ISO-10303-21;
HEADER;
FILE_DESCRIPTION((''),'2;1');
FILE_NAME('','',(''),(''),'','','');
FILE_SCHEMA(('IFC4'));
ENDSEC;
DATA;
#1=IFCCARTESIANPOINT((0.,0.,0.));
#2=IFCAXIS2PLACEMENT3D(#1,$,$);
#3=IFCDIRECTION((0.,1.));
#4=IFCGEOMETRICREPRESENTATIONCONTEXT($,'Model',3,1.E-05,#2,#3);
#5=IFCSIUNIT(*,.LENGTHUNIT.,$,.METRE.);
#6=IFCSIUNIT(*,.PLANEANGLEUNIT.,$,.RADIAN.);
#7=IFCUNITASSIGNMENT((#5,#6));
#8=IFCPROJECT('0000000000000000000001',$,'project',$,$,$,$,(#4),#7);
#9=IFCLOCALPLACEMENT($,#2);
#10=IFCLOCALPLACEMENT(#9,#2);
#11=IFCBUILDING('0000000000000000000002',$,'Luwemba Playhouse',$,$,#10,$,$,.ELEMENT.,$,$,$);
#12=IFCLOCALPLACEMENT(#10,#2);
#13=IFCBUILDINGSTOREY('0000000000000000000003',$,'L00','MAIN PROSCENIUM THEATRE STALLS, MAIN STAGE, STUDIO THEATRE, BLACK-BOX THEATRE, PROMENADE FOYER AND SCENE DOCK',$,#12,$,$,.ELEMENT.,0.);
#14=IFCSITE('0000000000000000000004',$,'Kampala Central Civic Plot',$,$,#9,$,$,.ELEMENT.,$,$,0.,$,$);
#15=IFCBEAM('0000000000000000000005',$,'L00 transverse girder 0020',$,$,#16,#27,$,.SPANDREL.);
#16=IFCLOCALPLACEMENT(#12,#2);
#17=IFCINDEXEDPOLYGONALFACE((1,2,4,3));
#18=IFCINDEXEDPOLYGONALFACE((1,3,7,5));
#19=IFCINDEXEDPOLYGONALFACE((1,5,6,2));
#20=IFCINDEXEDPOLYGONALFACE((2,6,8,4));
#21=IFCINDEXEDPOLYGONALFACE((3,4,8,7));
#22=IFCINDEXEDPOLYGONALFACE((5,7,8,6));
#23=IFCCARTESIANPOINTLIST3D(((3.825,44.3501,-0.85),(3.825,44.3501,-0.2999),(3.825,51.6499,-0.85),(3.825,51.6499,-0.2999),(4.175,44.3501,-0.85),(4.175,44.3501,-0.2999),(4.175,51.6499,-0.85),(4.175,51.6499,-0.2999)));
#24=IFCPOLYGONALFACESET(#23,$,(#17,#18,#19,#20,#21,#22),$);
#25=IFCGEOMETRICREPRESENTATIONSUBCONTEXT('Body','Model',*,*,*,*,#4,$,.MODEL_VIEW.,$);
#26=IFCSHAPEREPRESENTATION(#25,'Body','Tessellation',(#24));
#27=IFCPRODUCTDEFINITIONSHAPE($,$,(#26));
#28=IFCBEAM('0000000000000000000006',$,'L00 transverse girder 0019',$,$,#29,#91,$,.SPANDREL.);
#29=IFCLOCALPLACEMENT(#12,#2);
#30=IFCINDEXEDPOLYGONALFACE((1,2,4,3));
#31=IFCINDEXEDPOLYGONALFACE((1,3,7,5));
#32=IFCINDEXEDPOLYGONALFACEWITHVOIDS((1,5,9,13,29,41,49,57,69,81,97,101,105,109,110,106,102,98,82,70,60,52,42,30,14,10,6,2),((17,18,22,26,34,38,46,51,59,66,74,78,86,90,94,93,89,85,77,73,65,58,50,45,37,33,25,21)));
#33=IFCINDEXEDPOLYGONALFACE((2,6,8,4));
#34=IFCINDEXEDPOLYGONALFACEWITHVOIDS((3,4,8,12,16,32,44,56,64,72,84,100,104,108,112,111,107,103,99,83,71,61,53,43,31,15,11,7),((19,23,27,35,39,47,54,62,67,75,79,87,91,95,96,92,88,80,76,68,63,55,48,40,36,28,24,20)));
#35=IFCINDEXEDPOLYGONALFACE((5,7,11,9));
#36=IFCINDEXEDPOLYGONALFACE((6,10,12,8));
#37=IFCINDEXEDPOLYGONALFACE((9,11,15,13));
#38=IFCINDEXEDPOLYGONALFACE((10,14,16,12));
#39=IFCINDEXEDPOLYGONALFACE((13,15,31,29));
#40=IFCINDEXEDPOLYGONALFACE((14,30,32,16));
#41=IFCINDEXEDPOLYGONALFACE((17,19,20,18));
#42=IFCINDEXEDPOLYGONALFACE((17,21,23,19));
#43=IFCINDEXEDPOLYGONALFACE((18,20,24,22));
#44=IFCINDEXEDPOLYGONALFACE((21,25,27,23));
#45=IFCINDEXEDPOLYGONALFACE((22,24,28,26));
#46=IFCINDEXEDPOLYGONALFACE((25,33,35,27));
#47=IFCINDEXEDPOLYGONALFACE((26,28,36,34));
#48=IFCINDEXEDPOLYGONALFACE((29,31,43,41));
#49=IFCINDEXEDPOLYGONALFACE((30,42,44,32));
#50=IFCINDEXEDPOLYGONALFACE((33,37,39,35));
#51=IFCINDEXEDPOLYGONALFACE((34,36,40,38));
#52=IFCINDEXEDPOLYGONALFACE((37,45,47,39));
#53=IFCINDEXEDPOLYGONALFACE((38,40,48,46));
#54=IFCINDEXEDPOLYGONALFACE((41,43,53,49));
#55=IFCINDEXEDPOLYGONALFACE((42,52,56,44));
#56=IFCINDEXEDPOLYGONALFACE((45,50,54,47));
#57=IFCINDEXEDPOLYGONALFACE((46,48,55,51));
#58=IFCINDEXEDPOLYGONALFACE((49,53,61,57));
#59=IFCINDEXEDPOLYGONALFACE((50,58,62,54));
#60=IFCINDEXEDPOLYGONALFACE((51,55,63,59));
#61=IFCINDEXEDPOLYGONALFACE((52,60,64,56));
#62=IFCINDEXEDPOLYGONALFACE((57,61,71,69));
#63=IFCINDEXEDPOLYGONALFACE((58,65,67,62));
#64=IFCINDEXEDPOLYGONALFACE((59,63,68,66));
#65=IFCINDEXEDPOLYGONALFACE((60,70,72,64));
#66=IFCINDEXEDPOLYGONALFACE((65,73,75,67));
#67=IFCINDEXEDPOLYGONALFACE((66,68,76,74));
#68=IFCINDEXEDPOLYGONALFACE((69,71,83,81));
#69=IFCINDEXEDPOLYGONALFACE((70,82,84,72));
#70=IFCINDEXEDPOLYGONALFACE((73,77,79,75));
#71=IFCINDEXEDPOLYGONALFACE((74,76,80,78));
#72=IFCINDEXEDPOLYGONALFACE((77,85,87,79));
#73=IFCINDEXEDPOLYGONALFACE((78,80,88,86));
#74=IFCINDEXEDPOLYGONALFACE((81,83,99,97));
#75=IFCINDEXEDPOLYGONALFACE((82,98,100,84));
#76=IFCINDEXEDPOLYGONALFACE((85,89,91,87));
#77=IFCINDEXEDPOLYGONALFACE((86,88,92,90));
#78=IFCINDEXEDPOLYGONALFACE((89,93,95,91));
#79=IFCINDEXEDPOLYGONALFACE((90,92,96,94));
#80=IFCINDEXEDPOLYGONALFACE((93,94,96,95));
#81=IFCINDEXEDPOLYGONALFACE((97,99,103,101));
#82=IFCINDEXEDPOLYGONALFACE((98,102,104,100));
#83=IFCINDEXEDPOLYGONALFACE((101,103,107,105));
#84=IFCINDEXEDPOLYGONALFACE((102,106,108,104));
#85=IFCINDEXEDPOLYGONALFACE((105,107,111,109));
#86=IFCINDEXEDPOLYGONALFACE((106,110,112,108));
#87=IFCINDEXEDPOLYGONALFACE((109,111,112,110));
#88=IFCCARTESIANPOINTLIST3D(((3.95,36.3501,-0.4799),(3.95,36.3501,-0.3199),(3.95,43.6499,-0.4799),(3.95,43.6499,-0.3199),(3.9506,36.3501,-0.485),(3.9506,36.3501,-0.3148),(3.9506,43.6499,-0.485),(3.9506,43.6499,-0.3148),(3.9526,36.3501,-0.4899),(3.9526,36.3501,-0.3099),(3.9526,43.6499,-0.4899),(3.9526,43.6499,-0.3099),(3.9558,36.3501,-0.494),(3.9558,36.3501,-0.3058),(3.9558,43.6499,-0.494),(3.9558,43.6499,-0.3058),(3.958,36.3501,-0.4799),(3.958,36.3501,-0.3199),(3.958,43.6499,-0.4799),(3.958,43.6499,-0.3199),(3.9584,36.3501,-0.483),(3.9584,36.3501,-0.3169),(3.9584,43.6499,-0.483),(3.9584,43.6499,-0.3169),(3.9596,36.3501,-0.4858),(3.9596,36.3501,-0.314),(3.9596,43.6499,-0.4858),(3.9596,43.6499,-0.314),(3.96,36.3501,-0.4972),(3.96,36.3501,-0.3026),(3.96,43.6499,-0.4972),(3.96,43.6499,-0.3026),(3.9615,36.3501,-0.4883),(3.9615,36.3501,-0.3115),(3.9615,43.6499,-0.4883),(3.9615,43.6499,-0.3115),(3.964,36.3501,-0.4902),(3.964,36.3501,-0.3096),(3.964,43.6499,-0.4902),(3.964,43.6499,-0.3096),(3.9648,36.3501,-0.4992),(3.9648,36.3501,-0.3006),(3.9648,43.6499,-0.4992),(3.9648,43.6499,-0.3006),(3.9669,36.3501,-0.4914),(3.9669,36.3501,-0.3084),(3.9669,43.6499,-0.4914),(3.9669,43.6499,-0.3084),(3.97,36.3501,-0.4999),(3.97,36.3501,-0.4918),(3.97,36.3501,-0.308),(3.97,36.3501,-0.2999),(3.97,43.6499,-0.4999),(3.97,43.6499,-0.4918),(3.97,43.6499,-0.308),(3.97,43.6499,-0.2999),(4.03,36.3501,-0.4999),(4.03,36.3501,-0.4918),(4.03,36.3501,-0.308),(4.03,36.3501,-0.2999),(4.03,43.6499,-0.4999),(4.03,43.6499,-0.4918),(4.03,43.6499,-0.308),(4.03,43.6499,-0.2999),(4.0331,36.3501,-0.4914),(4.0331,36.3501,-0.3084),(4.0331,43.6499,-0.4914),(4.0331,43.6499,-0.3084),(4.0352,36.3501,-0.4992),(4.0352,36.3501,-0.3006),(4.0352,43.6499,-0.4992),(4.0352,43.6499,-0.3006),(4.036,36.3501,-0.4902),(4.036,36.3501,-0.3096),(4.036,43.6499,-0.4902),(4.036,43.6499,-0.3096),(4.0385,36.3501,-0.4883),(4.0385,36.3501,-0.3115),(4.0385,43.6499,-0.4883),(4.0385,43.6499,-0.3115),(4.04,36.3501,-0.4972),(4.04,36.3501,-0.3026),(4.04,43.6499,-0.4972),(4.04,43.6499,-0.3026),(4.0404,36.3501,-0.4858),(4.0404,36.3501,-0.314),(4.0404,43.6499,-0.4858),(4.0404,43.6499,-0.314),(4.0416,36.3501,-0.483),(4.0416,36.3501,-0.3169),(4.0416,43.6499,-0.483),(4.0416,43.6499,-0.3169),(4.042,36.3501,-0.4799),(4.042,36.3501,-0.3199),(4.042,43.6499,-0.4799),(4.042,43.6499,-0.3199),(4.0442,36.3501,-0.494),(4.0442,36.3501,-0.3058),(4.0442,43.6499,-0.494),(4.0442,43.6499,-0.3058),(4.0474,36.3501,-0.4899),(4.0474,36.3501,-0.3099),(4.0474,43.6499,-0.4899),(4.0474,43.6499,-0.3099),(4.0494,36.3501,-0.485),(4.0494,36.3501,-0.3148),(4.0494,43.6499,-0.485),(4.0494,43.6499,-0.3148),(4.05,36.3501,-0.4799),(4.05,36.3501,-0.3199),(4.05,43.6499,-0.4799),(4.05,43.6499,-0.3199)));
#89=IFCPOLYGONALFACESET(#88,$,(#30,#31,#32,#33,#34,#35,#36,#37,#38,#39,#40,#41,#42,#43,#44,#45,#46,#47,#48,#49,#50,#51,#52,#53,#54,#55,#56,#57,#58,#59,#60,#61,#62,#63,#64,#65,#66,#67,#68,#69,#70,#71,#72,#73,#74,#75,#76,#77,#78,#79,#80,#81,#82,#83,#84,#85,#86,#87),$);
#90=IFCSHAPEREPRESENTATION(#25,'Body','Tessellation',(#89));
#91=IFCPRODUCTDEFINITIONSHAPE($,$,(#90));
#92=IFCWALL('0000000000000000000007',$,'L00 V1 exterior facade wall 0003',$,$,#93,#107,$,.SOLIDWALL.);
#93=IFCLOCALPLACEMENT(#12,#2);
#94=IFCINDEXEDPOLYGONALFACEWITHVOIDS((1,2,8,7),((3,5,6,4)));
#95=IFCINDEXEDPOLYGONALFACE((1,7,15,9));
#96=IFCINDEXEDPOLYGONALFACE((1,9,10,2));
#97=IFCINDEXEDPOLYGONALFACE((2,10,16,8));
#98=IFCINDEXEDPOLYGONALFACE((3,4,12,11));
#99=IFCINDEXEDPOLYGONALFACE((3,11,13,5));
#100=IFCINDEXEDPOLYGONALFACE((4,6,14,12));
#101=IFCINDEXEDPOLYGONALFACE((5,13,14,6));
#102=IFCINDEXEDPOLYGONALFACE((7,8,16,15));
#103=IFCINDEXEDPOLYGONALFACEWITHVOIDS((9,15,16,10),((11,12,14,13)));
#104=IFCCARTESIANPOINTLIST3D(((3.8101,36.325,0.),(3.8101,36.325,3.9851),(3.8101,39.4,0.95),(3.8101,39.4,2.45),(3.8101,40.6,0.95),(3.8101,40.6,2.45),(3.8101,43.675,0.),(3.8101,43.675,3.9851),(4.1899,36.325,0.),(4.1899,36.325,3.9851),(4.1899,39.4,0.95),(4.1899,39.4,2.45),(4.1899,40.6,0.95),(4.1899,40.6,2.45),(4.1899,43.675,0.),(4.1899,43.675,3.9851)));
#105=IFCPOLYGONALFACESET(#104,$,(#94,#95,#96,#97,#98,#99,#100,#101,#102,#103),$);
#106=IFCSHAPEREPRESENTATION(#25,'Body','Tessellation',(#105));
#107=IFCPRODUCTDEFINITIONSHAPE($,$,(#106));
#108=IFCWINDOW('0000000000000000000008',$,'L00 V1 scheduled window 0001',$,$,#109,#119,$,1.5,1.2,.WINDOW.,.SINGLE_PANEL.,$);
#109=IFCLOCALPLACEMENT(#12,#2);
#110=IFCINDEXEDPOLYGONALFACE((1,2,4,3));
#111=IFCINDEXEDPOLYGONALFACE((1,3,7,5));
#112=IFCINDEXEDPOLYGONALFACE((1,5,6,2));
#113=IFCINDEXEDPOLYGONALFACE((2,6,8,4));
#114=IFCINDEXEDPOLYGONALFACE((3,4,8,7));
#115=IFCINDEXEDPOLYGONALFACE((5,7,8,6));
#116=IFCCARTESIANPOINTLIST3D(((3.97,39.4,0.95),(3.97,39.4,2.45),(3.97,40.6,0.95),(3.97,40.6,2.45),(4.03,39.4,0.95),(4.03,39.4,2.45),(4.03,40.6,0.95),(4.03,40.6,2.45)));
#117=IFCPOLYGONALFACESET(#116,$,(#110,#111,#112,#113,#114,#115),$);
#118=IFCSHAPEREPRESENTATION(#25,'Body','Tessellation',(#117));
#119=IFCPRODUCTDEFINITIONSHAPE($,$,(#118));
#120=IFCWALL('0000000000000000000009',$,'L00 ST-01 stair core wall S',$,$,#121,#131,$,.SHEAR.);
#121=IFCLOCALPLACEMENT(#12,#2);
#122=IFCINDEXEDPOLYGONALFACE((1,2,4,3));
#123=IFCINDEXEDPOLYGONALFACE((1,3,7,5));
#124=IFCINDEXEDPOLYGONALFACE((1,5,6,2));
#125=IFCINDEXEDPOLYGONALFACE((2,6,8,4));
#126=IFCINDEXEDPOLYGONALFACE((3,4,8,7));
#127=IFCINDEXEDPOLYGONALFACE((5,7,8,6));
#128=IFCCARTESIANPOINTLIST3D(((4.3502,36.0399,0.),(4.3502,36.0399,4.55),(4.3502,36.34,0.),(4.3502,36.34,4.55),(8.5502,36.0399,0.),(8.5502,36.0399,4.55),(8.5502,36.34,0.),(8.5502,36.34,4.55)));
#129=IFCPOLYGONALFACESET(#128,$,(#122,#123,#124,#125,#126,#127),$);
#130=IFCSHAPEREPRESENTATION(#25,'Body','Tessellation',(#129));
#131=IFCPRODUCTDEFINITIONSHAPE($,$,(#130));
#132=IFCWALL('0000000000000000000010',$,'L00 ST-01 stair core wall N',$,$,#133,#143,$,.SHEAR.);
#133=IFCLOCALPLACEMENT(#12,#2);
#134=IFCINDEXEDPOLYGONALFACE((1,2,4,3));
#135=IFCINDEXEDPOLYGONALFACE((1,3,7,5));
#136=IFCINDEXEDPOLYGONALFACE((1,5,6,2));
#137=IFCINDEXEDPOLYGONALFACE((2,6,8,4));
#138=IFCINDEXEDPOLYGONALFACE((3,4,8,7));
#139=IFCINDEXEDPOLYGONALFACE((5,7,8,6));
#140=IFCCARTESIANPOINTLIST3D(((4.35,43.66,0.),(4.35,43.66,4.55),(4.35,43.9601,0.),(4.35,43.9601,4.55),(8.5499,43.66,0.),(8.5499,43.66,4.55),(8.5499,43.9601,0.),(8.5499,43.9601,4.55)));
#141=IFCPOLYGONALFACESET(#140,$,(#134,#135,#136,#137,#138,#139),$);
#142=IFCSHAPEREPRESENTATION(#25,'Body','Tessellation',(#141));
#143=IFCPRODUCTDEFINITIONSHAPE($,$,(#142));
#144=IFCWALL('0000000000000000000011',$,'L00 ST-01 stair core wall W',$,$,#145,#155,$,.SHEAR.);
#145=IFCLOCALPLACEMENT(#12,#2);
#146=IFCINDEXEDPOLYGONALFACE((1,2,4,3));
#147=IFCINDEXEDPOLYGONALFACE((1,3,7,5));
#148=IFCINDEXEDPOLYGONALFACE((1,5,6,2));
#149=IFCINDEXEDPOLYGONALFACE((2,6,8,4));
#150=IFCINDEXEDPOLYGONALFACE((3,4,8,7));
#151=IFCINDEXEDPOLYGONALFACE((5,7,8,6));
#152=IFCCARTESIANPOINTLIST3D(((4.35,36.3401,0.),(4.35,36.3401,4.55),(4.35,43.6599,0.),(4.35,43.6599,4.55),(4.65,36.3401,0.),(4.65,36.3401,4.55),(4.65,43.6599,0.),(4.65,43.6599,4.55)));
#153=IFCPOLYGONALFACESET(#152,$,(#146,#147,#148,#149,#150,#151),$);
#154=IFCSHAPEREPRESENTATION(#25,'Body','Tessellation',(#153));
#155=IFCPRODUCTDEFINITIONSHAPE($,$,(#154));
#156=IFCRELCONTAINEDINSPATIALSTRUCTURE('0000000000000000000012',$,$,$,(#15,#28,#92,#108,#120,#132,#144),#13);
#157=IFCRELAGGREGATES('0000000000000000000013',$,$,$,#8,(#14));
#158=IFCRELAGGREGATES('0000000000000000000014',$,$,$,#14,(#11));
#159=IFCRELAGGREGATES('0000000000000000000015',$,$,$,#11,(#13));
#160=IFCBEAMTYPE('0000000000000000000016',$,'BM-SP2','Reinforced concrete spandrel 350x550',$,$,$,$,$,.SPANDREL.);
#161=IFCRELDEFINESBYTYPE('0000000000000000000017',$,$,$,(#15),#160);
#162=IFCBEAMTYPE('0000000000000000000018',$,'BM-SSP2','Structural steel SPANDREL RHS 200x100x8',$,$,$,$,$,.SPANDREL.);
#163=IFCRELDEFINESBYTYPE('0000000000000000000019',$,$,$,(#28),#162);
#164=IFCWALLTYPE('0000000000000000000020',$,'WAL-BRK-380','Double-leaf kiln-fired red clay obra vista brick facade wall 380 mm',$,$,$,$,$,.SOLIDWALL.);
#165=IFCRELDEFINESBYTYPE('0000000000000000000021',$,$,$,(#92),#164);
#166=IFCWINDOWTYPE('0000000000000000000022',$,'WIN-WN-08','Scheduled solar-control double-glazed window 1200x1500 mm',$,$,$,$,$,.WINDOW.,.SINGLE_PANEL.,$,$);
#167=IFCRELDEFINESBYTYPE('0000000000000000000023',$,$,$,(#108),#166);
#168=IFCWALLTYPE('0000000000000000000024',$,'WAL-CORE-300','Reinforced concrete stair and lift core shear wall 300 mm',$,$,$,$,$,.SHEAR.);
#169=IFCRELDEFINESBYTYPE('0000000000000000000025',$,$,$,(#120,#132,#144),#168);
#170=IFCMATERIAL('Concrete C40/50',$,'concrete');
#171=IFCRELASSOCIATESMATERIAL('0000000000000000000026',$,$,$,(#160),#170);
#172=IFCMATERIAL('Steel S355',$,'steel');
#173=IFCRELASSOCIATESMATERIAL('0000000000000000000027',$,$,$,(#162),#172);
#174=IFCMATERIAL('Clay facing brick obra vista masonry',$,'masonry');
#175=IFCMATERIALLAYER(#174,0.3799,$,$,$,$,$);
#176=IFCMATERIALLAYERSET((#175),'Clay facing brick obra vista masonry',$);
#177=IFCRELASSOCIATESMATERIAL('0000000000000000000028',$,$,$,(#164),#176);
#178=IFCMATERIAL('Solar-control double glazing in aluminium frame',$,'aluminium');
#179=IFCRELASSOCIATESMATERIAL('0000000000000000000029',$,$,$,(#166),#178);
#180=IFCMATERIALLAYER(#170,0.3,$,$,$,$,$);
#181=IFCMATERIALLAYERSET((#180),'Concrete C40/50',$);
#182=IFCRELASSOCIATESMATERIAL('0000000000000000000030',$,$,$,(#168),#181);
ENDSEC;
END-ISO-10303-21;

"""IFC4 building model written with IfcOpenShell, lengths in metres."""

from ifc_helpers import new_model, si_unit, direction, frame, frame_2d, origin, origin_2d, place, context, subcontext, project, spatial, rectangle, hollow_rectangle, extrude, material, layer, layer_set, material_profile, profile_set, type_object, element, fill, save


model = new_model("IFC4")

# Units and contexts
model_context = context("Model", 3, precision=1e-05, world=origin(), true_north=direction((0.0, 1.0)))
body_context = subcontext(model_context, "Body", "Model", "MODEL_VIEW")
ifc_project = project(units=[si_unit("LENGTHUNIT", "METRE"), si_unit("PLANEANGLEUNIT", "RADIAN")], contexts=[model_context])

# Site, building, storey
site_placement = place(None, origin())
site = spatial("IfcSite", under=ifc_project, at=site_placement, Name="Kampala Central Civic Plot", CompositionType="ELEMENT", RefElevation=0.0)
building_placement = place(site_placement, origin())
building = spatial("IfcBuilding", under=site, at=building_placement, Name="Luwemba Playhouse", CompositionType="ELEMENT")
storey_placement = place(building_placement, origin())
storey = spatial("IfcBuildingStorey", under=building, at=storey_placement, Name="L00", Description="MAIN PROSCENIUM THEATRE STALLS, MAIN STAGE, STUDIO THEATRE, BLACK-BOX THEATRE, PROMENADE FOYER AND SCENE DOCK", CompositionType="ELEMENT", Elevation=0.0)

# Shared definitions
ifc_material_1 = material(Name="Concrete C40/50", Category="concrete")

# Beams
ifc_material_2 = material(Name="Steel S355", Category="steel")
ifc_material_profile_1 = material_profile(ifc_material_1, rectangle(XDim=0.3501, YDim=0.55, at=origin_2d()))
ifc_profile_set_1 = profile_set([ifc_material_profile_1], Name="Concrete C40/50")
beam_type_1 = type_object("IfcBeamType", Name="BM-SP2", Description="Reinforced concrete spandrel 350x550", PredefinedType="SPANDREL", material=ifc_profile_set_1)
beam_1_placement = place(storey_placement, frame((4.0, 44.3501, -0.575), z_axis=(0.0, 1.0, 0.0), x_axis=(-1.0, 0.0, 0.0)))
element("IfcBeam", 1, at=beam_1_placement, inside=storey, type_object=beam_type_1, Name="L00 transverse girder 0020", PredefinedType="SPANDREL", context=body_context, shape_type="SweptSolid", body=[
    extrude(rectangle(XDim=0.3501, YDim=0.55, at=origin_2d()), origin(), (0.0, 0.0, 1.0), 7.2998),
])
ifc_material_profile_2 = material_profile(ifc_material_2, hollow_rectangle(XDim=0.1001, YDim=0.2, WallThickness=0.0081, InnerFilletRadius=0.012, OuterFilletRadius=0.02, at=origin_2d()))
ifc_profile_set_2 = profile_set([ifc_material_profile_2], Name="Steel S355")
beam_type_2 = type_object("IfcBeamType", Name="BM-SSP2", Description="Structural steel SPANDREL RHS 200x100x8", PredefinedType="SPANDREL", material=ifc_profile_set_2)
beam_2_placement = place(storey_placement, frame((4.0, 36.3501, -0.3999), z_axis=(0.0, 1.0, 0.0), x_axis=(-1.0, 0.0, 0.0)))
element("IfcBeam", 2, at=beam_2_placement, inside=storey, type_object=beam_type_2, Name="L00 transverse girder 0019", PredefinedType="SPANDREL", context=body_context, shape_type="SweptSolid", body=[
    extrude(hollow_rectangle(XDim=0.1001, YDim=0.2, WallThickness=0.0081, InnerFilletRadius=0.012, OuterFilletRadius=0.02, at=origin_2d()), origin(), (0.0, 0.0, 1.0), 7.2998),
])

# Wall, opening, window
ifc_material_3 = material(Name="Clay facing brick obra vista masonry", Category="masonry")
ifc_layer_1 = layer(ifc_material_3, 0.3799)
ifc_layer_set_1 = layer_set([ifc_layer_1], Name="Clay facing brick obra vista masonry")
wall_type_1 = type_object("IfcWallType", Name="WAL-BRK-380", Description="Double-leaf kiln-fired red clay obra vista brick facade wall 380 mm", PredefinedType="SOLIDWALL", material=ifc_layer_set_1)
wall_1_placement = place(storey_placement, frame((4.0, 36.325, 0.0), z_axis=(0.0, 0.0, 1.0), x_axis=(0.0, 1.0, 0.0)))
wall_1 = element("IfcWall", 3, at=wall_1_placement, inside=storey, type_object=wall_type_1, Name="L00 V1 exterior facade wall 0003", PredefinedType="SOLIDWALL", context=body_context, shape_type="SweptSolid", body=[
    extrude(rectangle(XDim=7.3501, YDim=0.3799, at=frame_2d((3.675, 0.0))), origin(), (0.0, 0.0, 1.0), 3.9851),
])
opening_1_placement = place(wall_1_placement, frame((3.075, 0.0, 0.95)))
opening_1 = element("IfcOpeningElement", 4, at=opening_1_placement, cuts=wall_1, PredefinedType="OPENING", context=body_context, shape_type="SweptSolid", body=[
    extrude(rectangle(XDim=1.2, YDim=1.5, at=frame_2d((0.6001, 0.75))), frame((0.0, 0.2, 0.0), z_axis=(0.0, -1.0, 0.0), x_axis=(1.0, 0.0, 0.0)), (0.0, 0.0, 1.0), 0.3999),
])
ifc_material_4 = material(Name="Solar-control double glazing in aluminium frame", Category="aluminium")
window_type = type_object("IfcWindowType", Name="WIN-WN-08", Description="Scheduled solar-control double-glazed window 1200x1500 mm", PartitioningType="SINGLE_PANEL", PredefinedType="WINDOW", material=ifc_material_4)
window_placement = place(opening_1_placement, origin())
window = element("IfcWindow", 5, at=window_placement, inside=storey, type_object=window_type, Name="L00 V1 scheduled window 0001", OverallHeight=1.5, OverallWidth=1.2, PartitioningType="SINGLE_PANEL", PredefinedType="WINDOW", context=body_context, shape_type="SweptSolid", body=[
    extrude(rectangle(XDim=1.2, YDim=1.5, at=frame_2d((0.6001, 0.75))), frame((0.0, 0.03, 0.0), z_axis=(0.0, -1.0, 0.0), x_axis=(1.0, 0.0, 0.0)), (0.0, 0.0, 1.0), 0.0601),
])
fill(opening_1, window)

# Walls
ifc_layer_2 = layer(ifc_material_1, 0.3)
ifc_layer_set_2 = layer_set([ifc_layer_2], Name="Concrete C40/50")
wall_type_2 = type_object("IfcWallType", Name="WAL-CORE-300", Description="Reinforced concrete stair and lift core shear wall 300 mm", PredefinedType="SHEAR", material=ifc_layer_set_2)
for number, where, z_axis, x_axis, name in (
    (6, (4.3501, 36.1899, 0.0), (0.0, 0.0, 1.0), (1.0, 0.0, 0.0), "L00 ST-01 stair core wall S"),
    (7, (8.55, 43.8101, 0.0), (0.0, 0.0, 1.0), (-1.0, 0.0, 0.0), "L00 ST-01 stair core wall N"),
):
    element("IfcWall", number, at=place(storey_placement, frame(where, z_axis=z_axis, x_axis=x_axis)), inside=storey, type_object=wall_type_2, Name=name, PredefinedType="SHEAR", context=body_context, shape_type="SweptSolid", body=[
        extrude(rectangle(XDim=4.2, YDim=0.3, at=frame_2d((2.1001, 0.0))), origin(), (0.0, 0.0, 1.0), 4.55),
    ])
wall_2_placement = place(storey_placement, frame((4.5, 36.3401, 0.0), z_axis=(0.0, 0.0, 1.0), x_axis=(0.0, 1.0, 0.0)))
element("IfcWall", 8, at=wall_2_placement, inside=storey, type_object=wall_type_2, Name="L00 ST-01 stair core wall W", PredefinedType="SHEAR", context=body_context, shape_type="SweptSolid", body=[
    extrude(rectangle(XDim=7.3198, YDim=0.3, at=frame_2d((3.6599, 0.0))), origin(), (0.0, 0.0, 1.0), 4.55),
])

save(model, "model.ifc")
